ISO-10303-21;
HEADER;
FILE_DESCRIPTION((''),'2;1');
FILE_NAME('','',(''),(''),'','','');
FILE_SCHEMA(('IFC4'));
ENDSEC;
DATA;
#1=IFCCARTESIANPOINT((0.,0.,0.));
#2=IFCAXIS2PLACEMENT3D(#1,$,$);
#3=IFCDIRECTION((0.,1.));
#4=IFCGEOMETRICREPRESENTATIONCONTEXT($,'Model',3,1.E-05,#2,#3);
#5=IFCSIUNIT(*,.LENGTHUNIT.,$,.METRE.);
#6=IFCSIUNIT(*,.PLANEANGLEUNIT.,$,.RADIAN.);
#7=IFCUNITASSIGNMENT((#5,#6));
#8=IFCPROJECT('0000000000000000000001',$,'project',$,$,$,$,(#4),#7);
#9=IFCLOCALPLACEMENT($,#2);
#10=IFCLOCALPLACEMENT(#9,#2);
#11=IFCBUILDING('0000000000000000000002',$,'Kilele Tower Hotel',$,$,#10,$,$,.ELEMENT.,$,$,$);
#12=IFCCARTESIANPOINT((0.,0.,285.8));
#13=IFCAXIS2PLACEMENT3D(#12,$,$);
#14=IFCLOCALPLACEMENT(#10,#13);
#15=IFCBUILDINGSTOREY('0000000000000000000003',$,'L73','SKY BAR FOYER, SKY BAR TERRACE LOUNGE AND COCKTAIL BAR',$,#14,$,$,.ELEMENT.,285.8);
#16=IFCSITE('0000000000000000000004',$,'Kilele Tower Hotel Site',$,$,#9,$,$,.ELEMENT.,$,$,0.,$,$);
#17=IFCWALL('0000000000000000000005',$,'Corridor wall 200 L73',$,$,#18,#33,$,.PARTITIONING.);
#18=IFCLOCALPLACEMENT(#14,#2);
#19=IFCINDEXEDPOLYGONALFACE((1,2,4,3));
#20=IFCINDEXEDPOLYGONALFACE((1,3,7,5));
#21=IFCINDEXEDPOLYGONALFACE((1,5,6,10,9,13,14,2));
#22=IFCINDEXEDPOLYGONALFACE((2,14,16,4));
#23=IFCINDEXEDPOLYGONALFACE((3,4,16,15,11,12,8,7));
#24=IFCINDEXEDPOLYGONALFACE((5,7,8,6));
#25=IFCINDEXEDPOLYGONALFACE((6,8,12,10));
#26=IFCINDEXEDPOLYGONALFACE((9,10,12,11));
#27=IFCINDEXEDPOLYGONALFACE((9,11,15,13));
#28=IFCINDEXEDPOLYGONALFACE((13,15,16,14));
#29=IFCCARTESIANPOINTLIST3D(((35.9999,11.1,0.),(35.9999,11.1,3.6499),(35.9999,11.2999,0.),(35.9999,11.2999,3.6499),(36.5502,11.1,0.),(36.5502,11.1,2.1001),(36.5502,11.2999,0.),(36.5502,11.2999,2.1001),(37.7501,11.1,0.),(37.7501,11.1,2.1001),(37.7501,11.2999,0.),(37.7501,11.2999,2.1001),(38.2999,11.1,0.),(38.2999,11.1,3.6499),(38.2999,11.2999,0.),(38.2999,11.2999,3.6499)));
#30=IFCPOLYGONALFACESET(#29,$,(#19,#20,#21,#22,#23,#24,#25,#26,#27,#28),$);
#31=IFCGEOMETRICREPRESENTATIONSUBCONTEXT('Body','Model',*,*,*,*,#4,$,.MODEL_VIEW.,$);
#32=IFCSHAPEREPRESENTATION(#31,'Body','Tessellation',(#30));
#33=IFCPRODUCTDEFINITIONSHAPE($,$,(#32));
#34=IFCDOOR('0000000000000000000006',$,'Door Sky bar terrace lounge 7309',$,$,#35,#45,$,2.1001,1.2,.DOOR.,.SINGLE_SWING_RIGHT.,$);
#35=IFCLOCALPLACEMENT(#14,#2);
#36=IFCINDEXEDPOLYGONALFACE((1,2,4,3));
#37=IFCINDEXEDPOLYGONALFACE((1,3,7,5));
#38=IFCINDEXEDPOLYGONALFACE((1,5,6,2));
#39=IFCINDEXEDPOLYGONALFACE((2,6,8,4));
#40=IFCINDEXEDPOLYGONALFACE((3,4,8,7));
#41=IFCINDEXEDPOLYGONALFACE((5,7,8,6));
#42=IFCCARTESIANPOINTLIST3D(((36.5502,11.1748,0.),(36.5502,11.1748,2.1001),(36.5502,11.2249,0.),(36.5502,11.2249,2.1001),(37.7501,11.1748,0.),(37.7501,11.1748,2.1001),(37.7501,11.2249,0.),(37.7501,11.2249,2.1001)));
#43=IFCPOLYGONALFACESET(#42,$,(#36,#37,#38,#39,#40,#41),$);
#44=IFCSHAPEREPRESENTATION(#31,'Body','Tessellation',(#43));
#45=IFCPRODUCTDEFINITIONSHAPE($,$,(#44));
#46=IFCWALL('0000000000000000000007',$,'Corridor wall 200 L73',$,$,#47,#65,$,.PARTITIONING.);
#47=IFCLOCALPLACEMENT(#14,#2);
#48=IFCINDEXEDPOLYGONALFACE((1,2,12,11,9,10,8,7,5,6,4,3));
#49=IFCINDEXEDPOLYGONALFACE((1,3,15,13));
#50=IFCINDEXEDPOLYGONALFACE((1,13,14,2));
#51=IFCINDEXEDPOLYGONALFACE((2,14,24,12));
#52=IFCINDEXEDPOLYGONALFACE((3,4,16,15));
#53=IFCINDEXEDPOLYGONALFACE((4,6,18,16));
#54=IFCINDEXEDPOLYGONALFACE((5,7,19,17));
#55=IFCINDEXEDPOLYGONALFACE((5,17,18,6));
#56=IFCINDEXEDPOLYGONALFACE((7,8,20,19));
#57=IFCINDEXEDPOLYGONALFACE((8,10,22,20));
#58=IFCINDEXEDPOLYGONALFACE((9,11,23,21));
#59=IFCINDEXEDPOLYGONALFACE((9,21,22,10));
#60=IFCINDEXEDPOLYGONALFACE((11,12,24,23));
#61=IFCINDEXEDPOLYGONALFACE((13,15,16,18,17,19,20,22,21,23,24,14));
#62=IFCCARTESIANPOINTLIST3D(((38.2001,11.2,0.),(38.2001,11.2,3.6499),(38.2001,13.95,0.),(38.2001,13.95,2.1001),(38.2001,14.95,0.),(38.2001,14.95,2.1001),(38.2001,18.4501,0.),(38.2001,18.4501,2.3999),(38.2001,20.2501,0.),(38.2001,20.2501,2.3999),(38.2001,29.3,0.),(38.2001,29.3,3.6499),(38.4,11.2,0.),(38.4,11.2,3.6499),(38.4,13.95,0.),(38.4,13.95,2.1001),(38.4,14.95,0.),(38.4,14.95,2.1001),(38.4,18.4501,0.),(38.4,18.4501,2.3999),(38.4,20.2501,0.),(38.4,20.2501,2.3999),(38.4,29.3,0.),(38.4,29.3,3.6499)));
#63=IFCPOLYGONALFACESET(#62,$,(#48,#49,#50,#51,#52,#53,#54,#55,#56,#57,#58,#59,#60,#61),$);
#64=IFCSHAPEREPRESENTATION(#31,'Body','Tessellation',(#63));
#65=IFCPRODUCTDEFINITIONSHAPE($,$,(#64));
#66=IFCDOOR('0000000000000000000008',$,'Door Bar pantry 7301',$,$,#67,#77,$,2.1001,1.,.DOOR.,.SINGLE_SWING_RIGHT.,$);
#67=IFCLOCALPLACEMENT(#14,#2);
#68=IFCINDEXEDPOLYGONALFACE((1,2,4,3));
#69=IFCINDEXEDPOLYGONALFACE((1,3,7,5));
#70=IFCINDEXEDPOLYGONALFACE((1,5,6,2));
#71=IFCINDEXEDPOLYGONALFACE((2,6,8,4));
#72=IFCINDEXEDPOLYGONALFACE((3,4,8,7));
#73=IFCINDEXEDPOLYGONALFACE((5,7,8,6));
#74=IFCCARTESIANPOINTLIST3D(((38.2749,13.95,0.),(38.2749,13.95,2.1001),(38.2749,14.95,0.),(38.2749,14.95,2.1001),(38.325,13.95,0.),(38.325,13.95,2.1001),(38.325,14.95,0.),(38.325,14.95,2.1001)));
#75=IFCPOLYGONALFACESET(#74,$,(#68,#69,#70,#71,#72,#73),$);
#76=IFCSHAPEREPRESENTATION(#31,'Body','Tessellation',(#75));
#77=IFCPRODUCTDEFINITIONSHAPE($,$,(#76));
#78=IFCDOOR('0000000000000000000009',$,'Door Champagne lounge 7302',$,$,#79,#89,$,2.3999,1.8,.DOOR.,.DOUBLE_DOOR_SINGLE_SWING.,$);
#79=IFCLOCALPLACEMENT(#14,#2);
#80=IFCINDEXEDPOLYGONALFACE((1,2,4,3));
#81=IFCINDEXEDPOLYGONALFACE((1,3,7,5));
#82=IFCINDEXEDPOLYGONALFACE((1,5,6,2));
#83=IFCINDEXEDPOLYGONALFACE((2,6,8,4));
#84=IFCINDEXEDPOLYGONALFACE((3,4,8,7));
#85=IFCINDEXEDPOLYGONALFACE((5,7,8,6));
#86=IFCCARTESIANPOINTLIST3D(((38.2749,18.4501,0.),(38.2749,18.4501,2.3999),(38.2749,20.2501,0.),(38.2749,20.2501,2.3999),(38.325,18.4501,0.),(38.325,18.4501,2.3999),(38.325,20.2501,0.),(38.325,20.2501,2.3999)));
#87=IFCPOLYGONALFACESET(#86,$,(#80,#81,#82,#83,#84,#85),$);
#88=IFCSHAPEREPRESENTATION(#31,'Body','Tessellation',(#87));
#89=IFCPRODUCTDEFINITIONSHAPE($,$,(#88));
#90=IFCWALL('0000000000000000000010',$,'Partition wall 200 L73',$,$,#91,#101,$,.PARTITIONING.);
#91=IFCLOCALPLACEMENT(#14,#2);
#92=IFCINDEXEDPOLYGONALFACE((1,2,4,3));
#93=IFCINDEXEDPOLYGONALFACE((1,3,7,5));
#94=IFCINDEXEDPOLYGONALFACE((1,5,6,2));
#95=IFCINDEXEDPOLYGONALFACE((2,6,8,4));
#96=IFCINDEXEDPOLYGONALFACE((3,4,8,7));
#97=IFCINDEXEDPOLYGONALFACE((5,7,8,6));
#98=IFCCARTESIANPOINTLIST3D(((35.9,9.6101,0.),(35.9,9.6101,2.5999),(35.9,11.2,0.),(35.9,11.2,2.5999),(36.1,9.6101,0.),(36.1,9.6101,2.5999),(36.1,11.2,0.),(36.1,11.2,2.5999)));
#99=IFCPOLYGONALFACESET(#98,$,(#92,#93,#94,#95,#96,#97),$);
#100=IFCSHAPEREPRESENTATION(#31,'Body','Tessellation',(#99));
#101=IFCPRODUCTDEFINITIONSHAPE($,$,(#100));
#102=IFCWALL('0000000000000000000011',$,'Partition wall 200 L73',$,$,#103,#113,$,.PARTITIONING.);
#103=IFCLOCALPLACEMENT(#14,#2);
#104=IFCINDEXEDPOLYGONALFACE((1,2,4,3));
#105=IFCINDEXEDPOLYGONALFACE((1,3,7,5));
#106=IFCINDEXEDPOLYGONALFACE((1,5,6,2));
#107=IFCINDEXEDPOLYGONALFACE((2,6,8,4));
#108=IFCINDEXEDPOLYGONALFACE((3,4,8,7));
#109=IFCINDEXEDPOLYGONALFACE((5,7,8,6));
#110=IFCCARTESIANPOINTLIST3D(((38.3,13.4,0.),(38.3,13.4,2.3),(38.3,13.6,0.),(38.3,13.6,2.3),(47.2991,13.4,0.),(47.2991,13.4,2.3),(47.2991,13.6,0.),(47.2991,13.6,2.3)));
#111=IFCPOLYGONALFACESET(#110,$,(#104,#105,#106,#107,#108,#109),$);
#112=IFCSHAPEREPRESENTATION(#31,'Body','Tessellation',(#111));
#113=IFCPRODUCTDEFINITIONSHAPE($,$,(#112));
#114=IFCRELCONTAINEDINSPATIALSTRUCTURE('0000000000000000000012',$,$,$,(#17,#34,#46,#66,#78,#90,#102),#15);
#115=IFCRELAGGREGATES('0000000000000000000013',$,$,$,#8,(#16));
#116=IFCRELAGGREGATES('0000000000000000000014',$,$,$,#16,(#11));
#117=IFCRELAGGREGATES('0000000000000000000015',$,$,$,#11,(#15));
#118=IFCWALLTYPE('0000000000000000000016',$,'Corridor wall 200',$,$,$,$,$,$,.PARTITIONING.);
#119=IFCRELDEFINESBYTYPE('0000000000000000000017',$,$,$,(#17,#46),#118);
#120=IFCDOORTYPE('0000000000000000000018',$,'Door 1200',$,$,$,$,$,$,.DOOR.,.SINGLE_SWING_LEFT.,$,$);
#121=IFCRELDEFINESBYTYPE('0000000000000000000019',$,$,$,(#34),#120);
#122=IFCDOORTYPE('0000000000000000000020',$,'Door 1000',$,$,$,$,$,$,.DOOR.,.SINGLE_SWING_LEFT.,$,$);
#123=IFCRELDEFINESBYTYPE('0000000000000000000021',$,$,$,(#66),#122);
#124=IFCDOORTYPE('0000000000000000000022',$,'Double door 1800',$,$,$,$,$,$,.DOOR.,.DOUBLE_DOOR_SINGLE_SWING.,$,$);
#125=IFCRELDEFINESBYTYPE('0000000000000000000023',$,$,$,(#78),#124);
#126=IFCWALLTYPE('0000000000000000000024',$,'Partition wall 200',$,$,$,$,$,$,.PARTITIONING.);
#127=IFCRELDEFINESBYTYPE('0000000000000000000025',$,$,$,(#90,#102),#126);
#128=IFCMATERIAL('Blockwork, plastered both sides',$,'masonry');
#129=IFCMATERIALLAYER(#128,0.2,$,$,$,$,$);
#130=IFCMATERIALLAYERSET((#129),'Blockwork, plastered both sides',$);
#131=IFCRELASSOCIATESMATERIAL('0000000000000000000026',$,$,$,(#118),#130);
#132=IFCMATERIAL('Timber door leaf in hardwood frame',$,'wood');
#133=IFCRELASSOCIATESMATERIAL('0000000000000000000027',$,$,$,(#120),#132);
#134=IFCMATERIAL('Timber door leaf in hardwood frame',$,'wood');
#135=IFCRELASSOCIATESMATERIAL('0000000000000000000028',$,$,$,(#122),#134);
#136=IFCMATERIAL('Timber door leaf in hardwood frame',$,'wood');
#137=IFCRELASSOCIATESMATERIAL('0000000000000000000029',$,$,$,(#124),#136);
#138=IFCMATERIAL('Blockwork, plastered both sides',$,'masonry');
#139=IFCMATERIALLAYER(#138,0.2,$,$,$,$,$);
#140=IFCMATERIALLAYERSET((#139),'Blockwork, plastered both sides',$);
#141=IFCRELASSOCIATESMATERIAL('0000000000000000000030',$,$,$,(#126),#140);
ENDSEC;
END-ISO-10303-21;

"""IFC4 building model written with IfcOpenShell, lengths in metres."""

from ifc_helpers import new_model, si_unit, direction, frame, frame_2d, origin, place, context, subcontext, project, spatial, rectangle, extrude, material, layer, layer_set, type_object, element, fill, save


model = new_model("IFC4")

# Units and contexts
model_context = context("Model", 3, precision=1e-05, world=origin(), true_north=direction((0.0, 1.0)))
body_context = subcontext(model_context, "Body", "Model", "MODEL_VIEW")
ifc_project = project(units=[si_unit("LENGTHUNIT", "METRE"), si_unit("PLANEANGLEUNIT", "RADIAN")], contexts=[model_context])

# Site, building, storey
site_placement = place(None, origin())
site = spatial("IfcSite", under=ifc_project, at=site_placement, Name="Kilele Tower Hotel Site", CompositionType="ELEMENT", RefElevation=0.0)
building_placement = place(site_placement, origin())
building = spatial("IfcBuilding", under=site, at=building_placement, Name="Kilele Tower Hotel", CompositionType="ELEMENT")
storey_placement = place(building_placement, frame((0.0, 0.0, 285.8)))
storey = spatial("IfcBuildingStorey", under=building, at=storey_placement, Name="L73", Description="SKY BAR FOYER, SKY BAR TERRACE LOUNGE AND COCKTAIL BAR", CompositionType="ELEMENT", Elevation=285.8)

# Wall, opening, door
ifc_material_1 = material(Name="Blockwork, plastered both sides", Category="masonry")
ifc_layer_1 = layer(ifc_material_1, 0.2)
ifc_layer_set_1 = layer_set([ifc_layer_1], Name="Blockwork, plastered both sides")
wall_type_1 = type_object("IfcWallType", Name="Corridor wall 200", PredefinedType="PARTITIONING", material=ifc_layer_set_1)
wall_1_placement = place(storey_placement, frame((36.0, 11.2, 0.0), z_axis=(0.0, 0.0, 1.0), x_axis=(1.0, 0.0, 0.0)))
wall_1 = element("IfcWall", 1, at=wall_1_placement, inside=storey, type_object=wall_type_1, Name="Corridor wall 200 L73", PredefinedType="PARTITIONING", context=body_context, shape_type="SweptSolid", body=[
    extrude(rectangle(XDim=2.3, YDim=0.2, at=frame_2d((1.1499, 0.0))), origin(), (0.0, 0.0, 1.0), 3.6499),
])
opening_1_placement = place(wall_1_placement, frame((0.55, 0.0, 0.0)))
opening_1 = element("IfcOpeningElement", 2, at=opening_1_placement, cuts=wall_1, PredefinedType="OPENING", context=body_context, shape_type="SweptSolid", body=[
    extrude(rectangle(XDim=1.2, YDim=2.1001, at=frame_2d((0.6001, 1.05))), frame((0.0, 0.1099, 0.0), z_axis=(0.0, -1.0, 0.0), x_axis=(1.0, 0.0, 0.0)), (0.0, 0.0, 1.0), 0.22),
])
ifc_material_2 = material(Name="Timber door leaf in hardwood frame", Category="wood")
door_type_1 = type_object("IfcDoorType", Name="Door 1200", OperationType="SINGLE_SWING_LEFT", PredefinedType="DOOR", material=ifc_material_2)
door_1_placement = place(opening_1_placement, origin())
door_1 = element("IfcDoor", 3, at=door_1_placement, inside=storey, type_object=door_type_1, Name="Door Sky bar terrace lounge 7309", OperationType="SINGLE_SWING_RIGHT", OverallHeight=2.1001, OverallWidth=1.2, PredefinedType="DOOR", context=body_context, shape_type="SweptSolid", body=[
    extrude(rectangle(XDim=1.2, YDim=2.1001, at=frame_2d((0.6001, 1.05))), frame((0.0, 0.0249, 0.0), z_axis=(0.0, -1.0, 0.0), x_axis=(1.0, 0.0, 0.0)), (0.0, 0.0, 1.0), 0.05),
])
fill(opening_1, door_1)

# Wall, openings, doors
wall_2_placement = place(storey_placement, frame((38.3, 11.2, 0.0), z_axis=(0.0, 0.0, 1.0), x_axis=(0.0, 1.0, 0.0)))
wall_2 = element("IfcWall", 4, at=wall_2_placement, inside=storey, type_object=wall_type_1, Name="Corridor wall 200 L73", PredefinedType="PARTITIONING", context=body_context, shape_type="SweptSolid", body=[
    extrude(rectangle(XDim=18.1001, YDim=0.2, at=frame_2d((9.05, 0.0))), origin(), (0.0, 0.0, 1.0), 3.6499),
])
opening_2_placement = place(wall_2_placement, frame((3.75, 0.0, 0.0), z_axis=(0.0, 0.0, 1.0), x_axis=(-1.0, 0.0, 0.0)))
opening_2 = element("IfcOpeningElement", 5, at=opening_2_placement, cuts=wall_2, PredefinedType="OPENING", context=body_context, shape_type="SweptSolid", body=[
    extrude(rectangle(XDim=1.0, YDim=2.1001, at=frame_2d((0.5, 1.05))), frame((0.0, 0.1099, 0.0), z_axis=(0.0, -1.0, 0.0), x_axis=(1.0, 0.0, 0.0)), (0.0, 0.0, 1.0), 0.22),
])
opening_3_placement = place(wall_2_placement, frame((9.05, 0.0, 0.0), z_axis=(0.0, 0.0, 1.0), x_axis=(-1.0, 0.0, 0.0)))
opening_3 = element("IfcOpeningElement", 6, at=opening_3_placement, cuts=wall_2, PredefinedType="OPENING", context=body_context, shape_type="SweptSolid", body=[
    extrude(rectangle(XDim=1.8, YDim=2.3999, at=frame_2d((0.8999, 1.2))), frame((0.0, 0.1099, 0.0), z_axis=(0.0, -1.0, 0.0), x_axis=(1.0, 0.0, 0.0)), (0.0, 0.0, 1.0), 0.22),
])
ifc_material_3 = material(Name="Timber door leaf in hardwood frame", Category="wood")
door_type_2 = type_object("IfcDoorType", Name="Door 1000", OperationType="SINGLE_SWING_LEFT", PredefinedType="DOOR", material=ifc_material_3)
door_2_placement = place(opening_2_placement, origin())
door_2 = element("IfcDoor", 7, at=door_2_placement, inside=storey, type_object=door_type_2, Name="Door Bar pantry 7301", OperationType="SINGLE_SWING_RIGHT", OverallHeight=2.1001, OverallWidth=1.0, PredefinedType="DOOR", context=body_context, shape_type="SweptSolid", body=[
    extrude(rectangle(XDim=1.0, YDim=2.1001, at=frame_2d((0.5, 1.05))), frame((0.0, 0.0249, 0.0), z_axis=(0.0, -1.0, 0.0), x_axis=(1.0, 0.0, 0.0)), (0.0, 0.0, 1.0), 0.05),
])
fill(opening_2, door_2)
ifc_material_4 = material(Name="Timber door leaf in hardwood frame", Category="wood")
door_type_3 = type_object("IfcDoorType", Name="Double door 1800", OperationType="DOUBLE_DOOR_SINGLE_SWING", PredefinedType="DOOR", material=ifc_material_4)
door_3_placement = place(opening_3_placement, origin())
door_3 = element("IfcDoor", 8, at=door_3_placement, inside=storey, type_object=door_type_3, Name="Door Champagne lounge 7302", OperationType="DOUBLE_DOOR_SINGLE_SWING", OverallHeight=2.3999, OverallWidth=1.8, PredefinedType="DOOR", context=body_context, shape_type="SweptSolid", body=[
    extrude(rectangle(XDim=1.8, YDim=2.3999, at=frame_2d((0.8999, 1.2))), frame((0.0, 0.0249, 0.0), z_axis=(0.0, -1.0, 0.0), x_axis=(1.0, 0.0, 0.0)), (0.0, 0.0, 1.0), 0.05),
])
fill(opening_3, door_3)

# Walls
ifc_material_5 = material(Name="Blockwork, plastered both sides", Category="masonry")
ifc_layer_2 = layer(ifc_material_5, 0.2)
ifc_layer_set_2 = layer_set([ifc_layer_2], Name="Blockwork, plastered both sides")
wall_type_2 = type_object("IfcWallType", Name="Partition wall 200", PredefinedType="PARTITIONING", material=ifc_layer_set_2)
wall_3_placement = place(storey_placement, frame((36.0, 11.2, 0.0), z_axis=(0.0, 0.0, 1.0), x_axis=(0.0, -1.0, 0.0)))
element("IfcWall", 9, at=wall_3_placement, inside=storey, type_object=wall_type_2, Name="Partition wall 200 L73", PredefinedType="PARTITIONING", context=body_context, shape_type="SweptSolid", body=[
    extrude(rectangle(XDim=1.5898, YDim=0.2, at=frame_2d((0.7949, 0.0))), origin(), (0.0, 0.0, 1.0), 2.5999),
])
wall_4_placement = place(storey_placement, frame((38.3, 13.5, 0.0), z_axis=(0.0, 0.0, 1.0), x_axis=(1.0, 0.0, 0.0)))
element("IfcWall", 10, at=wall_4_placement, inside=storey, type_object=wall_type_2, Name="Partition wall 200 L73", PredefinedType="PARTITIONING", context=body_context, shape_type="SweptSolid", body=[
    extrude(rectangle(XDim=8.999, YDim=0.2, at=frame_2d((4.4995, 0.0))), origin(), (0.0, 0.0, 1.0), 2.3),
])

save(model, "model.ifc")
